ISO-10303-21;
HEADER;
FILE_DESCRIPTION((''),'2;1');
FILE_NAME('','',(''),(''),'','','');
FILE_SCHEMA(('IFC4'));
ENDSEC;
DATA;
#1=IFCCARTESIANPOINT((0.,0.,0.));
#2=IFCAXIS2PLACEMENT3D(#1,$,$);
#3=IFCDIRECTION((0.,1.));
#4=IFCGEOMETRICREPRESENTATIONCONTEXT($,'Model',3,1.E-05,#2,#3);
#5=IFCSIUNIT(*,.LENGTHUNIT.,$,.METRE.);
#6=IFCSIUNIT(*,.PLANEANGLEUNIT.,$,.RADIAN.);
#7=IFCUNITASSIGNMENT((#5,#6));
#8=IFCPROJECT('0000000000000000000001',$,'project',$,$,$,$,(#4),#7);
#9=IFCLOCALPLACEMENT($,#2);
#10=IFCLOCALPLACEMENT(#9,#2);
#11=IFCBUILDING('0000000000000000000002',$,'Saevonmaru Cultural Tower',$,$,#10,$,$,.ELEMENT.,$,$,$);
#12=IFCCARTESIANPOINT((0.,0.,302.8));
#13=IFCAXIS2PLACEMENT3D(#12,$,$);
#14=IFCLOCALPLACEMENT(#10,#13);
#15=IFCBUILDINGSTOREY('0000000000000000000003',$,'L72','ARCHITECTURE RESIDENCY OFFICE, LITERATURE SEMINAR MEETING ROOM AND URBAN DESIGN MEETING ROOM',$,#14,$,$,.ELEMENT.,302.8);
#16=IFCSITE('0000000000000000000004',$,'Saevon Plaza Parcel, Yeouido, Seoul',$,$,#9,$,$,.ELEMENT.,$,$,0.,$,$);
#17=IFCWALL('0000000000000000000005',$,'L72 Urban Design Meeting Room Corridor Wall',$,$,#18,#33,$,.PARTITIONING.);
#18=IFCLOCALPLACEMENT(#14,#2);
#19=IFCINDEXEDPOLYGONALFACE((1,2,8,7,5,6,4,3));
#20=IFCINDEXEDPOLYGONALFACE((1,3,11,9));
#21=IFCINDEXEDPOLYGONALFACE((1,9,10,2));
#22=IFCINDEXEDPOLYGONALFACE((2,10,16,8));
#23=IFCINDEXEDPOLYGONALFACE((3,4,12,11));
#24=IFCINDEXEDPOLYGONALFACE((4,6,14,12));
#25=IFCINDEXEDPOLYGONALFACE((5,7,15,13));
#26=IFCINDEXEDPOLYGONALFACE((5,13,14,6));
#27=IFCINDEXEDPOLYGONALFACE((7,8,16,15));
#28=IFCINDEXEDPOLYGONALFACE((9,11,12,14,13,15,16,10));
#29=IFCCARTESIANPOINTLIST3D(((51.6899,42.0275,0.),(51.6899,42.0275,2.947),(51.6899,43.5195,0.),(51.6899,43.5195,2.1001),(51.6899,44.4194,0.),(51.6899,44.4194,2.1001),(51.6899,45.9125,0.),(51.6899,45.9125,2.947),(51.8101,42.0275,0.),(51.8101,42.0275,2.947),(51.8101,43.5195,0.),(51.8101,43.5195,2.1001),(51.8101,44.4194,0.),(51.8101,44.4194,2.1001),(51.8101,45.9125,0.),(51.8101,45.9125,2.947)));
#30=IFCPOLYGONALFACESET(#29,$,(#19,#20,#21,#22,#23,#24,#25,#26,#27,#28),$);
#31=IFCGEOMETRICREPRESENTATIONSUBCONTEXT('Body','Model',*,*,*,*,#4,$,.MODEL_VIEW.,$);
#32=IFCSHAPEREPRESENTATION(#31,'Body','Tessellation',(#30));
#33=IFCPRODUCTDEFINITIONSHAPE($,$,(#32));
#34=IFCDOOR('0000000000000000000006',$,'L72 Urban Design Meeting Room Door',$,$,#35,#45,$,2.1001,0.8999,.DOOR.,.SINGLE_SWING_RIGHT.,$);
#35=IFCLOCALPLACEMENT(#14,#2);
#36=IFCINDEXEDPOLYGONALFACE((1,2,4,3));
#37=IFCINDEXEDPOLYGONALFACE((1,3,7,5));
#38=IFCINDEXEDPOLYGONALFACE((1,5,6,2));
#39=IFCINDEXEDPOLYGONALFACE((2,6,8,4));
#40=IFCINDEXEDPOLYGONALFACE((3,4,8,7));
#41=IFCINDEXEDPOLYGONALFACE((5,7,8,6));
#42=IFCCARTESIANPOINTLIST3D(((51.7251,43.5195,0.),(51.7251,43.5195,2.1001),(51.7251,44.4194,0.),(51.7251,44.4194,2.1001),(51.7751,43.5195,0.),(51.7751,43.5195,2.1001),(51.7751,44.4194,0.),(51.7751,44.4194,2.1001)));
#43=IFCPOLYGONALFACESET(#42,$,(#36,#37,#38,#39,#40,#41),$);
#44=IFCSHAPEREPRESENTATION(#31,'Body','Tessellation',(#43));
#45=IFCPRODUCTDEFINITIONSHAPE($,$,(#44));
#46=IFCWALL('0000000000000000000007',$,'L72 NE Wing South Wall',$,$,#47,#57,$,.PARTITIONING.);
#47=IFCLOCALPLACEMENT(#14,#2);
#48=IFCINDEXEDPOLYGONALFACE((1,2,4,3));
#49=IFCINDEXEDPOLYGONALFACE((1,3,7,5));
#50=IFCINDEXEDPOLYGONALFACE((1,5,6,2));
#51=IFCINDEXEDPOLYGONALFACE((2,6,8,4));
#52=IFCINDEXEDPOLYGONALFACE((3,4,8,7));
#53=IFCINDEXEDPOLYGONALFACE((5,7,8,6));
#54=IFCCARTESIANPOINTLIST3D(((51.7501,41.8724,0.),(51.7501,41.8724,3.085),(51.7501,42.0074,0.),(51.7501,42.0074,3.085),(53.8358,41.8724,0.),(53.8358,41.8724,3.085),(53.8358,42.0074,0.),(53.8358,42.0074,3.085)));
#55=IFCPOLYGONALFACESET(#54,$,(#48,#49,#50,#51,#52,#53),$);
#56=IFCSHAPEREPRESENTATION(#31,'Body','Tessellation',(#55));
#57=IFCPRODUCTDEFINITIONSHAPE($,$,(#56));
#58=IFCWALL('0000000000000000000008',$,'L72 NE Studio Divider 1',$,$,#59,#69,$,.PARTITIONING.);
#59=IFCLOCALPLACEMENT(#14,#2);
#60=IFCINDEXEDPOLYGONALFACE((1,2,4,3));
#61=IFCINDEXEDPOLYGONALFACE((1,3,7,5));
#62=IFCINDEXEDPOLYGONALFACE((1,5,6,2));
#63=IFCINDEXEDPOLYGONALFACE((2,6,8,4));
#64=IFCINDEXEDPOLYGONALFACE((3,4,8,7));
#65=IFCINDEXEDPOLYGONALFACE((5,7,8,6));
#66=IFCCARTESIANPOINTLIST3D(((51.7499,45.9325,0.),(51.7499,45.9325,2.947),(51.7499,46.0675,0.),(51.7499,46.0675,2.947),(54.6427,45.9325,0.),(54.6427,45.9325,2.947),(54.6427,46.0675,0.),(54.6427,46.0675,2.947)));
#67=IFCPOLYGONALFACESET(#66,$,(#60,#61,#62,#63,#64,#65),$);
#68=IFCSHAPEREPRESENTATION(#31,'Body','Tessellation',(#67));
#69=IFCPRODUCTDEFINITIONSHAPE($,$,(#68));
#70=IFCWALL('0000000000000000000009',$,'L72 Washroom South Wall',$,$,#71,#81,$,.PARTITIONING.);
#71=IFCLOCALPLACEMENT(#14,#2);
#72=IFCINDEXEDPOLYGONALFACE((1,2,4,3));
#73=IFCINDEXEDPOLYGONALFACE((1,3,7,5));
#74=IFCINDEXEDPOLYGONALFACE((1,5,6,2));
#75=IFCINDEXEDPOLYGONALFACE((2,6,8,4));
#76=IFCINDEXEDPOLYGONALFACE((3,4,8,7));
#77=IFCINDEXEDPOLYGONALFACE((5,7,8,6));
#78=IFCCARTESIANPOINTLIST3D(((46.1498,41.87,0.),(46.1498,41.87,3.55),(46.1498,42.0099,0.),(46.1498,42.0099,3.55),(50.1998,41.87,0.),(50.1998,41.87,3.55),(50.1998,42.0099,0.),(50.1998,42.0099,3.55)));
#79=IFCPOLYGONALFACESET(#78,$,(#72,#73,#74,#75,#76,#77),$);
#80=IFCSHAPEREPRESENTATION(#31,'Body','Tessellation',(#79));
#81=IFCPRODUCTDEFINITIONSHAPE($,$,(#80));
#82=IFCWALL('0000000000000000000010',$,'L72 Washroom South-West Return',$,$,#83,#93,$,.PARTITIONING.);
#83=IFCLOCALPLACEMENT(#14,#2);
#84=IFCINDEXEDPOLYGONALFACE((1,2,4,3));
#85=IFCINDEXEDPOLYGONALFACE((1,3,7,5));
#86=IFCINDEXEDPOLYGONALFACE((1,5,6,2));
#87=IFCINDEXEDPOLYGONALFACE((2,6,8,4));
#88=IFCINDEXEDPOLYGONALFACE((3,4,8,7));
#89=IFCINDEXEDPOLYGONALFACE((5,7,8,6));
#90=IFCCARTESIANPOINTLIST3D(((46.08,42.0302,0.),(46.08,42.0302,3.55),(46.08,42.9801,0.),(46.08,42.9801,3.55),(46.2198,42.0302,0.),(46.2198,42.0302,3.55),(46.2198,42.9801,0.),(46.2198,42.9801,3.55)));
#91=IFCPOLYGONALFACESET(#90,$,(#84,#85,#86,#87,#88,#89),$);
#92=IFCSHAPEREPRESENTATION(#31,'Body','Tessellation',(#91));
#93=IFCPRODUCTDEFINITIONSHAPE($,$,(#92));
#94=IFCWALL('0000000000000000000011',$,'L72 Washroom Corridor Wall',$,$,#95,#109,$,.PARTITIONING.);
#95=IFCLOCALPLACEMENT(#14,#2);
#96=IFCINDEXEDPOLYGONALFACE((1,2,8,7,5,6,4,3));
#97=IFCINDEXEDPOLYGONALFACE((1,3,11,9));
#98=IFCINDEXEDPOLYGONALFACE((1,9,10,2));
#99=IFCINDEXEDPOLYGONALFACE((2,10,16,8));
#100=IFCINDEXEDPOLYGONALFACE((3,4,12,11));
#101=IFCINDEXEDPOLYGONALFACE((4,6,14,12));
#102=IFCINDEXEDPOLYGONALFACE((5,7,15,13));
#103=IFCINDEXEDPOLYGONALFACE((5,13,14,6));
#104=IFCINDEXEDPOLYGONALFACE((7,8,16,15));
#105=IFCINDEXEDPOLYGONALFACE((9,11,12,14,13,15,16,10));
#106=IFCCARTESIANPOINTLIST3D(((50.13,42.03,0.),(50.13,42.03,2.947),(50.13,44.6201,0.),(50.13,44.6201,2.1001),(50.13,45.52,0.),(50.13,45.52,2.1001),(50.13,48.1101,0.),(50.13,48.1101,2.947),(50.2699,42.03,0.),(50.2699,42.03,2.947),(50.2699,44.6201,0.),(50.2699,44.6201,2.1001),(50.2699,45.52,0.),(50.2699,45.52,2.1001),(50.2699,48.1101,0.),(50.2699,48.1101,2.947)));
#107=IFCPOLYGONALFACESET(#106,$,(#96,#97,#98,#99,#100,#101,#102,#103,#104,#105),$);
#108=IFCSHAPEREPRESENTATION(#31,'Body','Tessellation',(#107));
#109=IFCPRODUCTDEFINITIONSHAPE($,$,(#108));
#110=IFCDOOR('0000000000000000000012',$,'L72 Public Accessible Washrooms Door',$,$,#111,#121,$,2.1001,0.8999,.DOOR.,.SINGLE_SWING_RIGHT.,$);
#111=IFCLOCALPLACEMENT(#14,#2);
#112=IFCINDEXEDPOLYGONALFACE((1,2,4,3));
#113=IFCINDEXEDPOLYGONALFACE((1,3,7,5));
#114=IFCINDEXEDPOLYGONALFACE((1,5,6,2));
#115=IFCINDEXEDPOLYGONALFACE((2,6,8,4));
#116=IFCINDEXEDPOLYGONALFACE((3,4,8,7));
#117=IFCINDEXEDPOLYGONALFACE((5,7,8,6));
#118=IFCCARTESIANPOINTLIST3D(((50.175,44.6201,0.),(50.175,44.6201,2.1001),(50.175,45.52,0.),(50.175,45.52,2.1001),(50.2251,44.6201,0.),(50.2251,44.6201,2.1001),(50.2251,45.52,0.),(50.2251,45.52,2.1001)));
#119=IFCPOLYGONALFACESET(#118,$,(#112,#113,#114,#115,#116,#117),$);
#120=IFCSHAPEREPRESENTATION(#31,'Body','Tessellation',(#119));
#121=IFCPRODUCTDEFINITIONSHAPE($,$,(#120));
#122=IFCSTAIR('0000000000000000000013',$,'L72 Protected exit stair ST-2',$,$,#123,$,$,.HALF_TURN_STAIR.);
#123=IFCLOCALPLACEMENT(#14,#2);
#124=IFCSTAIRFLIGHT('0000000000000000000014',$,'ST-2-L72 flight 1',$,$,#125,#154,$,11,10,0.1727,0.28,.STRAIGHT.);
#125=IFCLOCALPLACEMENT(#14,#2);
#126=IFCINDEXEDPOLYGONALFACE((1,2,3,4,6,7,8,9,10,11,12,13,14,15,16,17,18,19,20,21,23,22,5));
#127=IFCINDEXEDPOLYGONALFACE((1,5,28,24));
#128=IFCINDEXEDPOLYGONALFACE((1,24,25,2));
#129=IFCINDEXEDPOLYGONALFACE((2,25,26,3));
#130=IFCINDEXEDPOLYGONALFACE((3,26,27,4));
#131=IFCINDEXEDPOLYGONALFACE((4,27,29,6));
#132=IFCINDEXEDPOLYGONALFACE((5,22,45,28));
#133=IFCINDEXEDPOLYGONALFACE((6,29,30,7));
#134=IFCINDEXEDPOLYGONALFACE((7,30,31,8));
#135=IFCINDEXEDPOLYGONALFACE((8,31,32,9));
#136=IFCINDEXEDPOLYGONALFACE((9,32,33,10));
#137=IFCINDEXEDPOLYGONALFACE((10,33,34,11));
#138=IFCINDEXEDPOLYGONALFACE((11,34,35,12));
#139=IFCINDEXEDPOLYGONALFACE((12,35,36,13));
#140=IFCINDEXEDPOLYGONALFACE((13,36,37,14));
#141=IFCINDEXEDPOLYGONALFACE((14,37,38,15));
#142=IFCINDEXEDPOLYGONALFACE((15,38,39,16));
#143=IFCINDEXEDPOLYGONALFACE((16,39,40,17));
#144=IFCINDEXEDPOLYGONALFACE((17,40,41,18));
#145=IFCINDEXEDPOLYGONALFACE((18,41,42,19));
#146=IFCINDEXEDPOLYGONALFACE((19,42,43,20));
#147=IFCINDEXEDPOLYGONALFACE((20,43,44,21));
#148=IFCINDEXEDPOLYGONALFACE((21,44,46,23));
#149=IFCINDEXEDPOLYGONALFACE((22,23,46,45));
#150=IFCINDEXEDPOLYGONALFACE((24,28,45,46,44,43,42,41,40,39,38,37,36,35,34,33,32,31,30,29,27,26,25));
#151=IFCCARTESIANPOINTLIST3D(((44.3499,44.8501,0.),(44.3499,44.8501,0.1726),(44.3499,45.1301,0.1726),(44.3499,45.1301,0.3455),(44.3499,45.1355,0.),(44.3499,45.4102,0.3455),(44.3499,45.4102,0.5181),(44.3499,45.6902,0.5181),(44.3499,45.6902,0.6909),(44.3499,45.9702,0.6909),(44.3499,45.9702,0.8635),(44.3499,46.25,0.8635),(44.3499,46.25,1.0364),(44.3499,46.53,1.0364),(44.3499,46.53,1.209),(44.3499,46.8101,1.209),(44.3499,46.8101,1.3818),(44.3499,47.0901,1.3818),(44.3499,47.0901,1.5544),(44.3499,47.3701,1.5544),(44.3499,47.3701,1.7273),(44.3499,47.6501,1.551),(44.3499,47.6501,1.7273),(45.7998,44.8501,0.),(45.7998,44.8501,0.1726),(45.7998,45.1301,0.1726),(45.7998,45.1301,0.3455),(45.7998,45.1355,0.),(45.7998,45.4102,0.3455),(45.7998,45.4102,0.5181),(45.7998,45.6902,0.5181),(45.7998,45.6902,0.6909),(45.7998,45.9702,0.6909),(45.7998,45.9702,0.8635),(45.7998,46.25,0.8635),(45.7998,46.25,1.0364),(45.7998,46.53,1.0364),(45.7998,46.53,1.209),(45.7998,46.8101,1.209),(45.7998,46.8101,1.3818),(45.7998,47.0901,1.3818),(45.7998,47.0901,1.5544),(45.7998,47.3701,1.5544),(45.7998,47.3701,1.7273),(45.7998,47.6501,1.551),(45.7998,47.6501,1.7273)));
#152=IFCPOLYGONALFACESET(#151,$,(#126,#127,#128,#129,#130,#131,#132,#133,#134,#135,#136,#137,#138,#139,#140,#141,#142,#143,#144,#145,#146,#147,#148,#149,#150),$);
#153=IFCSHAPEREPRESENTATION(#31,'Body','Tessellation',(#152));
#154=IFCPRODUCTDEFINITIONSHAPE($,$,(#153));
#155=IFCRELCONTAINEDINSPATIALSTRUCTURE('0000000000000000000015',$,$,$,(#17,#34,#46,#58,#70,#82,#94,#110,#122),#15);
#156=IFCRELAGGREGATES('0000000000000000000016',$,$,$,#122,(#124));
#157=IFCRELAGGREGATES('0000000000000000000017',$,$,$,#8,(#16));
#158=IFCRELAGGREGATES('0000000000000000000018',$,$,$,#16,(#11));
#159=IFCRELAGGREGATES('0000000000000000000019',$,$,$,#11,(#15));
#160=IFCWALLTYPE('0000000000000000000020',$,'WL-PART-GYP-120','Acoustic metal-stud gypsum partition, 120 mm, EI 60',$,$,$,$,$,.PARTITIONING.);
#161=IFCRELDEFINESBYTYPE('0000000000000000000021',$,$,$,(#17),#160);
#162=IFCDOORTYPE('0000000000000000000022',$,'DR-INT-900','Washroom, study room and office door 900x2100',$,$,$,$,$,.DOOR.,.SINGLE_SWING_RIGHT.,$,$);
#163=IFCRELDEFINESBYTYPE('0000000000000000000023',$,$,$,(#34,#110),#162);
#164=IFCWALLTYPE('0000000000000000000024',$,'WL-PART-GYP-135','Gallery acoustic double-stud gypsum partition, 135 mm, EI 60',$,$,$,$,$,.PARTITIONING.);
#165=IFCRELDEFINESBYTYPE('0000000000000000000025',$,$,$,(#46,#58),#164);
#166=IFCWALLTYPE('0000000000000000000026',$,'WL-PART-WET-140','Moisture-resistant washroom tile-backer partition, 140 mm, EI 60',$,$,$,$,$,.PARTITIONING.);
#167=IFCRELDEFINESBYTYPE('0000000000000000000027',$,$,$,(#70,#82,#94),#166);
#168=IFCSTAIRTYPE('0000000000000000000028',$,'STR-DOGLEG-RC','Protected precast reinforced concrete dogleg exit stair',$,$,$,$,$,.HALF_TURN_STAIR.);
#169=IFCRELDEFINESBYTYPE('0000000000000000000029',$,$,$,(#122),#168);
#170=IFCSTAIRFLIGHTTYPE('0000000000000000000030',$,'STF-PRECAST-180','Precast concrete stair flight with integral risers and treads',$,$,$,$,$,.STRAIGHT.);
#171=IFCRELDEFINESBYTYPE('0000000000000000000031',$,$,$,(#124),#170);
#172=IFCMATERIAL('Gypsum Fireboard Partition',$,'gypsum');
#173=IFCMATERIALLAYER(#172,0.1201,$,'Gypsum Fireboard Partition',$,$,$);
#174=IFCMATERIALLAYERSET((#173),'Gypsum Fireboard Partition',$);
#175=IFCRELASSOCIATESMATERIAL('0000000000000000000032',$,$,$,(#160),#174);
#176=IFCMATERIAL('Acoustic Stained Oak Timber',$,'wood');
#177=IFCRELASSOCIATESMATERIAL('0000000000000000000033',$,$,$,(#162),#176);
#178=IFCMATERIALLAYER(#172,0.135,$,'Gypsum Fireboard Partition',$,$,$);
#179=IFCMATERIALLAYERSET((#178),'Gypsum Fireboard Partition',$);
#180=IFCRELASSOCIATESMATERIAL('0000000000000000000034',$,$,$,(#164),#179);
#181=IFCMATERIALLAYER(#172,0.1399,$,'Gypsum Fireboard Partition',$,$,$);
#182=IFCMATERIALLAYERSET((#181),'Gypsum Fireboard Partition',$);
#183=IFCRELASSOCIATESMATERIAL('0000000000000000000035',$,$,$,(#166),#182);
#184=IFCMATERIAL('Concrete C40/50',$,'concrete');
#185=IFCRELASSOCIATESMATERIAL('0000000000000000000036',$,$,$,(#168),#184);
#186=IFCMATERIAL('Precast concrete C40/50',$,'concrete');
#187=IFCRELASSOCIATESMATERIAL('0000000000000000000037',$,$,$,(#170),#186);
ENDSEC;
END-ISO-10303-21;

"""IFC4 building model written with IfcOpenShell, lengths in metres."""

from ifc_helpers import new_model, si_unit, direction, frame, frame_2d, origin, place, context, subcontext, project, spatial, polyline, rectangle, outline, extrude, material, layer, layer_set, type_object, element, fill, aggregate, save


model = new_model("IFC4")

# Units and contexts
model_context = context("Model", 3, precision=1e-05, world=origin(), true_north=direction((0.0, 1.0)))
body_context = subcontext(model_context, "Body", "Model", "MODEL_VIEW")
ifc_project = project(units=[si_unit("LENGTHUNIT", "METRE"), si_unit("PLANEANGLEUNIT", "RADIAN")], contexts=[model_context])

# Site, building, storey
site_placement = place(None, origin())
site = spatial("IfcSite", under=ifc_project, at=site_placement, Name="Saevon Plaza Parcel, Yeouido, Seoul", CompositionType="ELEMENT", RefElevation=0.0)
building_placement = place(site_placement, origin())
building = spatial("IfcBuilding", under=site, at=building_placement, Name="Saevonmaru Cultural Tower", CompositionType="ELEMENT")
storey_placement = place(building_placement, frame((0.0, 0.0, 302.8)))
storey = spatial("IfcBuildingStorey", under=building, at=storey_placement, Name="L72", Description="ARCHITECTURE RESIDENCY OFFICE, LITERATURE SEMINAR MEETING ROOM AND URBAN DESIGN MEETING ROOM", CompositionType="ELEMENT", Elevation=302.8)

# Wall, opening, door
ifc_material_1 = material(Name="Gypsum Fireboard Partition", Category="gypsum")
ifc_layer_1 = layer(ifc_material_1, 0.1201, Name="Gypsum Fireboard Partition")
ifc_layer_set_1 = layer_set([ifc_layer_1], Name="Gypsum Fireboard Partition")
wall_type_1 = type_object("IfcWallType", Name="WL-PART-GYP-120", Description="Acoustic metal-stud gypsum partition, 120 mm, EI 60", PredefinedType="PARTITIONING", material=ifc_layer_set_1)
wall_1_placement = place(storey_placement, frame((51.75, 42.0276, 0.0), z_axis=(0.0, 0.0, 1.0), x_axis=(0.0, 1.0, 0.0)))
wall_1 = element("IfcWall", 1, at=wall_1_placement, inside=storey, type_object=wall_type_1, Name="L72 Urban Design Meeting Room Corridor Wall", PredefinedType="PARTITIONING", context=body_context, shape_type="SweptSolid", body=[
    extrude(rectangle(XDim=3.885, YDim=0.1201, at=frame_2d((1.9424, 0.0))), origin(), (0.0, 0.0, 1.0), 2.947),
])
opening_1_placement = place(wall_1_placement, frame((1.4919, 0.0, 0.0)))
opening_1 = element("IfcOpeningElement", 2, at=opening_1_placement, cuts=wall_1, PredefinedType="OPENING", context=body_context, shape_type="SweptSolid", body=[
    extrude(rectangle(XDim=0.8999, YDim=2.1001, at=frame_2d((0.45, 1.05))), frame((0.0, 0.0701, 0.0), z_axis=(0.0, -1.0, 0.0), x_axis=(1.0, 0.0, 0.0)), (0.0, 0.0, 1.0), 0.1401),
])
ifc_material_2 = material(Name="Acoustic Stained Oak Timber", Category="wood")
door_type = type_object("IfcDoorType", Name="DR-INT-900", Description="Washroom, study room and office door 900x2100", OperationType="SINGLE_SWING_RIGHT", PredefinedType="DOOR", material=ifc_material_2)
door_1_placement = place(opening_1_placement, origin())
door_1 = element("IfcDoor", 3, at=door_1_placement, inside=storey, type_object=door_type, Name="L72 Urban Design Meeting Room Door", OperationType="SINGLE_SWING_RIGHT", OverallHeight=2.1001, OverallWidth=0.8999, PredefinedType="DOOR", context=body_context, shape_type="SweptSolid", body=[
    extrude(rectangle(XDim=0.8999, YDim=2.1001, at=frame_2d((0.45, 1.05))), frame((0.0, 0.0249, 0.0), z_axis=(0.0, -1.0, 0.0), x_axis=(1.0, 0.0, 0.0)), (0.0, 0.0, 1.0), 0.05),
])
fill(opening_1, door_1)

# Walls
ifc_layer_2 = layer(ifc_material_1, 0.135, Name="Gypsum Fireboard Partition")
ifc_layer_set_2 = layer_set([ifc_layer_2], Name="Gypsum Fireboard Partition")
wall_type_2 = type_object("IfcWallType", Name="WL-PART-GYP-135", Description="Gallery acoustic double-stud gypsum partition, 135 mm, EI 60", PredefinedType="PARTITIONING", material=ifc_layer_set_2)
wall_2_placement = place(storey_placement, frame((51.75, 41.9399, 0.0), z_axis=(0.0, 0.0, 1.0), x_axis=(1.0, 0.0, 0.0)))
element("IfcWall", 4, at=wall_2_placement, inside=storey, type_object=wall_type_2, Name="L72 NE Wing South Wall", PredefinedType="PARTITIONING", context=body_context, shape_type="SweptSolid", body=[
    extrude(rectangle(XDim=2.0857, YDim=0.135, at=frame_2d((1.043, 0.0))), origin(), (0.0, 0.0, 1.0), 3.085),
])
wall_3_placement = place(storey_placement, frame((51.75, 46.0, 0.0), z_axis=(0.0, 0.0, 1.0), x_axis=(1.0, 0.0, 0.0)))
element("IfcWall", 5, at=wall_3_placement, inside=storey, type_object=wall_type_2, Name="L72 NE Studio Divider 1", PredefinedType="PARTITIONING", context=body_context, shape_type="SweptSolid", body=[
    extrude(rectangle(XDim=2.8928, YDim=0.135, at=frame_2d((1.4463, 0.0))), origin(), (0.0, 0.0, 1.0), 2.947),
])
ifc_layer_3 = layer(ifc_material_1, 0.1399, Name="Gypsum Fireboard Partition")
ifc_layer_set_3 = layer_set([ifc_layer_3], Name="Gypsum Fireboard Partition")
wall_type_3 = type_object("IfcWallType", Name="WL-PART-WET-140", Description="Moisture-resistant washroom tile-backer partition, 140 mm, EI 60", PredefinedType="PARTITIONING", material=ifc_layer_set_3)
wall_4_placement = place(storey_placement, frame((46.1499, 41.9399, 0.0), z_axis=(0.0, 0.0, 1.0), x_axis=(1.0, 0.0, 0.0)))
element("IfcWall", 6, at=wall_4_placement, inside=storey, type_object=wall_type_3, Name="L72 Washroom South Wall", PredefinedType="PARTITIONING", context=body_context, shape_type="SweptSolid", body=[
    extrude(rectangle(XDim=4.05, YDim=0.1399, at=frame_2d((2.0249, 0.0))), origin(), (0.0, 0.0, 1.0), 3.55),
])
wall_5_placement = place(storey_placement, frame((46.1499, 42.03, 0.0), z_axis=(0.0, 0.0, 1.0), x_axis=(0.0, 1.0, 0.0)))
element("IfcWall", 7, at=wall_5_placement, inside=storey, type_object=wall_type_3, Name="L72 Washroom South-West Return", PredefinedType="PARTITIONING", context=body_context, shape_type="SweptSolid", body=[
    extrude(rectangle(XDim=0.95, YDim=0.1399, at=frame_2d((0.4751, 0.0))), origin(), (0.0, 0.0, 1.0), 3.55),
])

# Wall, opening, door
wall_6_placement = place(storey_placement, frame((50.2, 42.03, 0.0), z_axis=(0.0, 0.0, 1.0), x_axis=(0.0, 1.0, 0.0)))
wall_6 = element("IfcWall", 8, at=wall_6_placement, inside=storey, type_object=wall_type_3, Name="L72 Washroom Corridor Wall", PredefinedType="PARTITIONING", context=body_context, shape_type="SweptSolid", body=[
    extrude(rectangle(XDim=6.0801, YDim=0.1399, at=frame_2d((3.04, 0.0))), origin(), (0.0, 0.0, 1.0), 2.947),
])
opening_2_placement = place(wall_6_placement, frame((2.5901, 0.0, 0.0)))
opening_2 = element("IfcOpeningElement", 9, at=opening_2_placement, cuts=wall_6, PredefinedType="OPENING", context=body_context, shape_type="SweptSolid", body=[
    extrude(rectangle(XDim=0.8999, YDim=2.1001, at=frame_2d((0.45, 1.05))), frame((0.0, 0.0801, 0.0), z_axis=(0.0, -1.0, 0.0), x_axis=(1.0, 0.0, 0.0)), (0.0, 0.0, 1.0), 0.1599),
])
door_2_placement = place(opening_2_placement, origin())
door_2 = element("IfcDoor", 10, at=door_2_placement, inside=storey, type_object=door_type, Name="L72 Public Accessible Washrooms Door", OperationType="SINGLE_SWING_RIGHT", OverallHeight=2.1001, OverallWidth=0.8999, PredefinedType="DOOR", context=body_context, shape_type="SweptSolid", body=[
    extrude(rectangle(XDim=0.8999, YDim=2.1001, at=frame_2d((0.45, 1.05))), frame((0.0, 0.0249, 0.0), z_axis=(0.0, -1.0, 0.0), x_axis=(1.0, 0.0, 0.0)), (0.0, 0.0, 1.0), 0.05),
])
fill(opening_2, door_2)

# Stair, stair flight
ifc_material_3 = material(Name="Concrete C40/50", Category="concrete")
stair_type = type_object("IfcStairType", Name="STR-DOGLEG-RC", Description="Protected precast reinforced concrete dogleg exit stair", PredefinedType="HALF_TURN_STAIR", material=ifc_material_3)
stair_placement = place(storey_placement, origin())
stair = element("IfcStair", 11, at=stair_placement, inside=storey, type_object=stair_type, Name="L72 Protected exit stair ST-2", PredefinedType="HALF_TURN_STAIR")
ifc_material_4 = material(Name="Precast concrete C40/50", Category="concrete")
stair_flight_type = type_object("IfcStairFlightType", Name="STF-PRECAST-180", Description="Precast concrete stair flight with integral risers and treads", PredefinedType="STRAIGHT", material=ifc_material_4)
stair_flight_placement = place(storey_placement, frame((45.075, 44.8501, 0.0), z_axis=(0.0, 0.0, 1.0), x_axis=(0.0, 1.0, 0.0)))
stair_flight = element("IfcStairFlight", 12, at=stair_flight_placement, type_object=stair_flight_type, Name="ST-2-L72 flight 1", NumberOfRisers=11, NumberOfTreads=10, PredefinedType="STRAIGHT", RiserHeight=0.1727, TreadLength=0.28, context=body_context, shape_type="SweptSolid", body=[
    extrude(outline(polyline([(0.0, 0.0), (0.0, 0.1726), (0.28, 0.1726), (0.28, 0.3455), (0.5601, 0.3455), (0.5601, 0.5181), (0.8401, 0.5181), (0.8401, 0.6909), (1.1201, 0.6909), (1.1201, 0.8635), (1.3999, 0.8635), (1.3999, 1.0364), (1.6799, 1.0364), (1.6799, 1.209), (1.96, 1.209), (1.96, 1.3818), (2.24, 1.3818), (2.24, 1.5544), (2.52, 1.5544), (2.52, 1.7273), (2.8, 1.7273), (2.8, 1.8999), (2.8, 1.551), (0.2854, 0.0), (0.0, 0.0)])), frame((0.0, 0.7251, 0.0), z_axis=(0.0, -1.0, 0.0), x_axis=(1.0, 0.0, 0.0)), (0.0, 0.0, 1.0), 1.45),
])
aggregate(stair, [stair_flight])

save(model, "model.ifc")
